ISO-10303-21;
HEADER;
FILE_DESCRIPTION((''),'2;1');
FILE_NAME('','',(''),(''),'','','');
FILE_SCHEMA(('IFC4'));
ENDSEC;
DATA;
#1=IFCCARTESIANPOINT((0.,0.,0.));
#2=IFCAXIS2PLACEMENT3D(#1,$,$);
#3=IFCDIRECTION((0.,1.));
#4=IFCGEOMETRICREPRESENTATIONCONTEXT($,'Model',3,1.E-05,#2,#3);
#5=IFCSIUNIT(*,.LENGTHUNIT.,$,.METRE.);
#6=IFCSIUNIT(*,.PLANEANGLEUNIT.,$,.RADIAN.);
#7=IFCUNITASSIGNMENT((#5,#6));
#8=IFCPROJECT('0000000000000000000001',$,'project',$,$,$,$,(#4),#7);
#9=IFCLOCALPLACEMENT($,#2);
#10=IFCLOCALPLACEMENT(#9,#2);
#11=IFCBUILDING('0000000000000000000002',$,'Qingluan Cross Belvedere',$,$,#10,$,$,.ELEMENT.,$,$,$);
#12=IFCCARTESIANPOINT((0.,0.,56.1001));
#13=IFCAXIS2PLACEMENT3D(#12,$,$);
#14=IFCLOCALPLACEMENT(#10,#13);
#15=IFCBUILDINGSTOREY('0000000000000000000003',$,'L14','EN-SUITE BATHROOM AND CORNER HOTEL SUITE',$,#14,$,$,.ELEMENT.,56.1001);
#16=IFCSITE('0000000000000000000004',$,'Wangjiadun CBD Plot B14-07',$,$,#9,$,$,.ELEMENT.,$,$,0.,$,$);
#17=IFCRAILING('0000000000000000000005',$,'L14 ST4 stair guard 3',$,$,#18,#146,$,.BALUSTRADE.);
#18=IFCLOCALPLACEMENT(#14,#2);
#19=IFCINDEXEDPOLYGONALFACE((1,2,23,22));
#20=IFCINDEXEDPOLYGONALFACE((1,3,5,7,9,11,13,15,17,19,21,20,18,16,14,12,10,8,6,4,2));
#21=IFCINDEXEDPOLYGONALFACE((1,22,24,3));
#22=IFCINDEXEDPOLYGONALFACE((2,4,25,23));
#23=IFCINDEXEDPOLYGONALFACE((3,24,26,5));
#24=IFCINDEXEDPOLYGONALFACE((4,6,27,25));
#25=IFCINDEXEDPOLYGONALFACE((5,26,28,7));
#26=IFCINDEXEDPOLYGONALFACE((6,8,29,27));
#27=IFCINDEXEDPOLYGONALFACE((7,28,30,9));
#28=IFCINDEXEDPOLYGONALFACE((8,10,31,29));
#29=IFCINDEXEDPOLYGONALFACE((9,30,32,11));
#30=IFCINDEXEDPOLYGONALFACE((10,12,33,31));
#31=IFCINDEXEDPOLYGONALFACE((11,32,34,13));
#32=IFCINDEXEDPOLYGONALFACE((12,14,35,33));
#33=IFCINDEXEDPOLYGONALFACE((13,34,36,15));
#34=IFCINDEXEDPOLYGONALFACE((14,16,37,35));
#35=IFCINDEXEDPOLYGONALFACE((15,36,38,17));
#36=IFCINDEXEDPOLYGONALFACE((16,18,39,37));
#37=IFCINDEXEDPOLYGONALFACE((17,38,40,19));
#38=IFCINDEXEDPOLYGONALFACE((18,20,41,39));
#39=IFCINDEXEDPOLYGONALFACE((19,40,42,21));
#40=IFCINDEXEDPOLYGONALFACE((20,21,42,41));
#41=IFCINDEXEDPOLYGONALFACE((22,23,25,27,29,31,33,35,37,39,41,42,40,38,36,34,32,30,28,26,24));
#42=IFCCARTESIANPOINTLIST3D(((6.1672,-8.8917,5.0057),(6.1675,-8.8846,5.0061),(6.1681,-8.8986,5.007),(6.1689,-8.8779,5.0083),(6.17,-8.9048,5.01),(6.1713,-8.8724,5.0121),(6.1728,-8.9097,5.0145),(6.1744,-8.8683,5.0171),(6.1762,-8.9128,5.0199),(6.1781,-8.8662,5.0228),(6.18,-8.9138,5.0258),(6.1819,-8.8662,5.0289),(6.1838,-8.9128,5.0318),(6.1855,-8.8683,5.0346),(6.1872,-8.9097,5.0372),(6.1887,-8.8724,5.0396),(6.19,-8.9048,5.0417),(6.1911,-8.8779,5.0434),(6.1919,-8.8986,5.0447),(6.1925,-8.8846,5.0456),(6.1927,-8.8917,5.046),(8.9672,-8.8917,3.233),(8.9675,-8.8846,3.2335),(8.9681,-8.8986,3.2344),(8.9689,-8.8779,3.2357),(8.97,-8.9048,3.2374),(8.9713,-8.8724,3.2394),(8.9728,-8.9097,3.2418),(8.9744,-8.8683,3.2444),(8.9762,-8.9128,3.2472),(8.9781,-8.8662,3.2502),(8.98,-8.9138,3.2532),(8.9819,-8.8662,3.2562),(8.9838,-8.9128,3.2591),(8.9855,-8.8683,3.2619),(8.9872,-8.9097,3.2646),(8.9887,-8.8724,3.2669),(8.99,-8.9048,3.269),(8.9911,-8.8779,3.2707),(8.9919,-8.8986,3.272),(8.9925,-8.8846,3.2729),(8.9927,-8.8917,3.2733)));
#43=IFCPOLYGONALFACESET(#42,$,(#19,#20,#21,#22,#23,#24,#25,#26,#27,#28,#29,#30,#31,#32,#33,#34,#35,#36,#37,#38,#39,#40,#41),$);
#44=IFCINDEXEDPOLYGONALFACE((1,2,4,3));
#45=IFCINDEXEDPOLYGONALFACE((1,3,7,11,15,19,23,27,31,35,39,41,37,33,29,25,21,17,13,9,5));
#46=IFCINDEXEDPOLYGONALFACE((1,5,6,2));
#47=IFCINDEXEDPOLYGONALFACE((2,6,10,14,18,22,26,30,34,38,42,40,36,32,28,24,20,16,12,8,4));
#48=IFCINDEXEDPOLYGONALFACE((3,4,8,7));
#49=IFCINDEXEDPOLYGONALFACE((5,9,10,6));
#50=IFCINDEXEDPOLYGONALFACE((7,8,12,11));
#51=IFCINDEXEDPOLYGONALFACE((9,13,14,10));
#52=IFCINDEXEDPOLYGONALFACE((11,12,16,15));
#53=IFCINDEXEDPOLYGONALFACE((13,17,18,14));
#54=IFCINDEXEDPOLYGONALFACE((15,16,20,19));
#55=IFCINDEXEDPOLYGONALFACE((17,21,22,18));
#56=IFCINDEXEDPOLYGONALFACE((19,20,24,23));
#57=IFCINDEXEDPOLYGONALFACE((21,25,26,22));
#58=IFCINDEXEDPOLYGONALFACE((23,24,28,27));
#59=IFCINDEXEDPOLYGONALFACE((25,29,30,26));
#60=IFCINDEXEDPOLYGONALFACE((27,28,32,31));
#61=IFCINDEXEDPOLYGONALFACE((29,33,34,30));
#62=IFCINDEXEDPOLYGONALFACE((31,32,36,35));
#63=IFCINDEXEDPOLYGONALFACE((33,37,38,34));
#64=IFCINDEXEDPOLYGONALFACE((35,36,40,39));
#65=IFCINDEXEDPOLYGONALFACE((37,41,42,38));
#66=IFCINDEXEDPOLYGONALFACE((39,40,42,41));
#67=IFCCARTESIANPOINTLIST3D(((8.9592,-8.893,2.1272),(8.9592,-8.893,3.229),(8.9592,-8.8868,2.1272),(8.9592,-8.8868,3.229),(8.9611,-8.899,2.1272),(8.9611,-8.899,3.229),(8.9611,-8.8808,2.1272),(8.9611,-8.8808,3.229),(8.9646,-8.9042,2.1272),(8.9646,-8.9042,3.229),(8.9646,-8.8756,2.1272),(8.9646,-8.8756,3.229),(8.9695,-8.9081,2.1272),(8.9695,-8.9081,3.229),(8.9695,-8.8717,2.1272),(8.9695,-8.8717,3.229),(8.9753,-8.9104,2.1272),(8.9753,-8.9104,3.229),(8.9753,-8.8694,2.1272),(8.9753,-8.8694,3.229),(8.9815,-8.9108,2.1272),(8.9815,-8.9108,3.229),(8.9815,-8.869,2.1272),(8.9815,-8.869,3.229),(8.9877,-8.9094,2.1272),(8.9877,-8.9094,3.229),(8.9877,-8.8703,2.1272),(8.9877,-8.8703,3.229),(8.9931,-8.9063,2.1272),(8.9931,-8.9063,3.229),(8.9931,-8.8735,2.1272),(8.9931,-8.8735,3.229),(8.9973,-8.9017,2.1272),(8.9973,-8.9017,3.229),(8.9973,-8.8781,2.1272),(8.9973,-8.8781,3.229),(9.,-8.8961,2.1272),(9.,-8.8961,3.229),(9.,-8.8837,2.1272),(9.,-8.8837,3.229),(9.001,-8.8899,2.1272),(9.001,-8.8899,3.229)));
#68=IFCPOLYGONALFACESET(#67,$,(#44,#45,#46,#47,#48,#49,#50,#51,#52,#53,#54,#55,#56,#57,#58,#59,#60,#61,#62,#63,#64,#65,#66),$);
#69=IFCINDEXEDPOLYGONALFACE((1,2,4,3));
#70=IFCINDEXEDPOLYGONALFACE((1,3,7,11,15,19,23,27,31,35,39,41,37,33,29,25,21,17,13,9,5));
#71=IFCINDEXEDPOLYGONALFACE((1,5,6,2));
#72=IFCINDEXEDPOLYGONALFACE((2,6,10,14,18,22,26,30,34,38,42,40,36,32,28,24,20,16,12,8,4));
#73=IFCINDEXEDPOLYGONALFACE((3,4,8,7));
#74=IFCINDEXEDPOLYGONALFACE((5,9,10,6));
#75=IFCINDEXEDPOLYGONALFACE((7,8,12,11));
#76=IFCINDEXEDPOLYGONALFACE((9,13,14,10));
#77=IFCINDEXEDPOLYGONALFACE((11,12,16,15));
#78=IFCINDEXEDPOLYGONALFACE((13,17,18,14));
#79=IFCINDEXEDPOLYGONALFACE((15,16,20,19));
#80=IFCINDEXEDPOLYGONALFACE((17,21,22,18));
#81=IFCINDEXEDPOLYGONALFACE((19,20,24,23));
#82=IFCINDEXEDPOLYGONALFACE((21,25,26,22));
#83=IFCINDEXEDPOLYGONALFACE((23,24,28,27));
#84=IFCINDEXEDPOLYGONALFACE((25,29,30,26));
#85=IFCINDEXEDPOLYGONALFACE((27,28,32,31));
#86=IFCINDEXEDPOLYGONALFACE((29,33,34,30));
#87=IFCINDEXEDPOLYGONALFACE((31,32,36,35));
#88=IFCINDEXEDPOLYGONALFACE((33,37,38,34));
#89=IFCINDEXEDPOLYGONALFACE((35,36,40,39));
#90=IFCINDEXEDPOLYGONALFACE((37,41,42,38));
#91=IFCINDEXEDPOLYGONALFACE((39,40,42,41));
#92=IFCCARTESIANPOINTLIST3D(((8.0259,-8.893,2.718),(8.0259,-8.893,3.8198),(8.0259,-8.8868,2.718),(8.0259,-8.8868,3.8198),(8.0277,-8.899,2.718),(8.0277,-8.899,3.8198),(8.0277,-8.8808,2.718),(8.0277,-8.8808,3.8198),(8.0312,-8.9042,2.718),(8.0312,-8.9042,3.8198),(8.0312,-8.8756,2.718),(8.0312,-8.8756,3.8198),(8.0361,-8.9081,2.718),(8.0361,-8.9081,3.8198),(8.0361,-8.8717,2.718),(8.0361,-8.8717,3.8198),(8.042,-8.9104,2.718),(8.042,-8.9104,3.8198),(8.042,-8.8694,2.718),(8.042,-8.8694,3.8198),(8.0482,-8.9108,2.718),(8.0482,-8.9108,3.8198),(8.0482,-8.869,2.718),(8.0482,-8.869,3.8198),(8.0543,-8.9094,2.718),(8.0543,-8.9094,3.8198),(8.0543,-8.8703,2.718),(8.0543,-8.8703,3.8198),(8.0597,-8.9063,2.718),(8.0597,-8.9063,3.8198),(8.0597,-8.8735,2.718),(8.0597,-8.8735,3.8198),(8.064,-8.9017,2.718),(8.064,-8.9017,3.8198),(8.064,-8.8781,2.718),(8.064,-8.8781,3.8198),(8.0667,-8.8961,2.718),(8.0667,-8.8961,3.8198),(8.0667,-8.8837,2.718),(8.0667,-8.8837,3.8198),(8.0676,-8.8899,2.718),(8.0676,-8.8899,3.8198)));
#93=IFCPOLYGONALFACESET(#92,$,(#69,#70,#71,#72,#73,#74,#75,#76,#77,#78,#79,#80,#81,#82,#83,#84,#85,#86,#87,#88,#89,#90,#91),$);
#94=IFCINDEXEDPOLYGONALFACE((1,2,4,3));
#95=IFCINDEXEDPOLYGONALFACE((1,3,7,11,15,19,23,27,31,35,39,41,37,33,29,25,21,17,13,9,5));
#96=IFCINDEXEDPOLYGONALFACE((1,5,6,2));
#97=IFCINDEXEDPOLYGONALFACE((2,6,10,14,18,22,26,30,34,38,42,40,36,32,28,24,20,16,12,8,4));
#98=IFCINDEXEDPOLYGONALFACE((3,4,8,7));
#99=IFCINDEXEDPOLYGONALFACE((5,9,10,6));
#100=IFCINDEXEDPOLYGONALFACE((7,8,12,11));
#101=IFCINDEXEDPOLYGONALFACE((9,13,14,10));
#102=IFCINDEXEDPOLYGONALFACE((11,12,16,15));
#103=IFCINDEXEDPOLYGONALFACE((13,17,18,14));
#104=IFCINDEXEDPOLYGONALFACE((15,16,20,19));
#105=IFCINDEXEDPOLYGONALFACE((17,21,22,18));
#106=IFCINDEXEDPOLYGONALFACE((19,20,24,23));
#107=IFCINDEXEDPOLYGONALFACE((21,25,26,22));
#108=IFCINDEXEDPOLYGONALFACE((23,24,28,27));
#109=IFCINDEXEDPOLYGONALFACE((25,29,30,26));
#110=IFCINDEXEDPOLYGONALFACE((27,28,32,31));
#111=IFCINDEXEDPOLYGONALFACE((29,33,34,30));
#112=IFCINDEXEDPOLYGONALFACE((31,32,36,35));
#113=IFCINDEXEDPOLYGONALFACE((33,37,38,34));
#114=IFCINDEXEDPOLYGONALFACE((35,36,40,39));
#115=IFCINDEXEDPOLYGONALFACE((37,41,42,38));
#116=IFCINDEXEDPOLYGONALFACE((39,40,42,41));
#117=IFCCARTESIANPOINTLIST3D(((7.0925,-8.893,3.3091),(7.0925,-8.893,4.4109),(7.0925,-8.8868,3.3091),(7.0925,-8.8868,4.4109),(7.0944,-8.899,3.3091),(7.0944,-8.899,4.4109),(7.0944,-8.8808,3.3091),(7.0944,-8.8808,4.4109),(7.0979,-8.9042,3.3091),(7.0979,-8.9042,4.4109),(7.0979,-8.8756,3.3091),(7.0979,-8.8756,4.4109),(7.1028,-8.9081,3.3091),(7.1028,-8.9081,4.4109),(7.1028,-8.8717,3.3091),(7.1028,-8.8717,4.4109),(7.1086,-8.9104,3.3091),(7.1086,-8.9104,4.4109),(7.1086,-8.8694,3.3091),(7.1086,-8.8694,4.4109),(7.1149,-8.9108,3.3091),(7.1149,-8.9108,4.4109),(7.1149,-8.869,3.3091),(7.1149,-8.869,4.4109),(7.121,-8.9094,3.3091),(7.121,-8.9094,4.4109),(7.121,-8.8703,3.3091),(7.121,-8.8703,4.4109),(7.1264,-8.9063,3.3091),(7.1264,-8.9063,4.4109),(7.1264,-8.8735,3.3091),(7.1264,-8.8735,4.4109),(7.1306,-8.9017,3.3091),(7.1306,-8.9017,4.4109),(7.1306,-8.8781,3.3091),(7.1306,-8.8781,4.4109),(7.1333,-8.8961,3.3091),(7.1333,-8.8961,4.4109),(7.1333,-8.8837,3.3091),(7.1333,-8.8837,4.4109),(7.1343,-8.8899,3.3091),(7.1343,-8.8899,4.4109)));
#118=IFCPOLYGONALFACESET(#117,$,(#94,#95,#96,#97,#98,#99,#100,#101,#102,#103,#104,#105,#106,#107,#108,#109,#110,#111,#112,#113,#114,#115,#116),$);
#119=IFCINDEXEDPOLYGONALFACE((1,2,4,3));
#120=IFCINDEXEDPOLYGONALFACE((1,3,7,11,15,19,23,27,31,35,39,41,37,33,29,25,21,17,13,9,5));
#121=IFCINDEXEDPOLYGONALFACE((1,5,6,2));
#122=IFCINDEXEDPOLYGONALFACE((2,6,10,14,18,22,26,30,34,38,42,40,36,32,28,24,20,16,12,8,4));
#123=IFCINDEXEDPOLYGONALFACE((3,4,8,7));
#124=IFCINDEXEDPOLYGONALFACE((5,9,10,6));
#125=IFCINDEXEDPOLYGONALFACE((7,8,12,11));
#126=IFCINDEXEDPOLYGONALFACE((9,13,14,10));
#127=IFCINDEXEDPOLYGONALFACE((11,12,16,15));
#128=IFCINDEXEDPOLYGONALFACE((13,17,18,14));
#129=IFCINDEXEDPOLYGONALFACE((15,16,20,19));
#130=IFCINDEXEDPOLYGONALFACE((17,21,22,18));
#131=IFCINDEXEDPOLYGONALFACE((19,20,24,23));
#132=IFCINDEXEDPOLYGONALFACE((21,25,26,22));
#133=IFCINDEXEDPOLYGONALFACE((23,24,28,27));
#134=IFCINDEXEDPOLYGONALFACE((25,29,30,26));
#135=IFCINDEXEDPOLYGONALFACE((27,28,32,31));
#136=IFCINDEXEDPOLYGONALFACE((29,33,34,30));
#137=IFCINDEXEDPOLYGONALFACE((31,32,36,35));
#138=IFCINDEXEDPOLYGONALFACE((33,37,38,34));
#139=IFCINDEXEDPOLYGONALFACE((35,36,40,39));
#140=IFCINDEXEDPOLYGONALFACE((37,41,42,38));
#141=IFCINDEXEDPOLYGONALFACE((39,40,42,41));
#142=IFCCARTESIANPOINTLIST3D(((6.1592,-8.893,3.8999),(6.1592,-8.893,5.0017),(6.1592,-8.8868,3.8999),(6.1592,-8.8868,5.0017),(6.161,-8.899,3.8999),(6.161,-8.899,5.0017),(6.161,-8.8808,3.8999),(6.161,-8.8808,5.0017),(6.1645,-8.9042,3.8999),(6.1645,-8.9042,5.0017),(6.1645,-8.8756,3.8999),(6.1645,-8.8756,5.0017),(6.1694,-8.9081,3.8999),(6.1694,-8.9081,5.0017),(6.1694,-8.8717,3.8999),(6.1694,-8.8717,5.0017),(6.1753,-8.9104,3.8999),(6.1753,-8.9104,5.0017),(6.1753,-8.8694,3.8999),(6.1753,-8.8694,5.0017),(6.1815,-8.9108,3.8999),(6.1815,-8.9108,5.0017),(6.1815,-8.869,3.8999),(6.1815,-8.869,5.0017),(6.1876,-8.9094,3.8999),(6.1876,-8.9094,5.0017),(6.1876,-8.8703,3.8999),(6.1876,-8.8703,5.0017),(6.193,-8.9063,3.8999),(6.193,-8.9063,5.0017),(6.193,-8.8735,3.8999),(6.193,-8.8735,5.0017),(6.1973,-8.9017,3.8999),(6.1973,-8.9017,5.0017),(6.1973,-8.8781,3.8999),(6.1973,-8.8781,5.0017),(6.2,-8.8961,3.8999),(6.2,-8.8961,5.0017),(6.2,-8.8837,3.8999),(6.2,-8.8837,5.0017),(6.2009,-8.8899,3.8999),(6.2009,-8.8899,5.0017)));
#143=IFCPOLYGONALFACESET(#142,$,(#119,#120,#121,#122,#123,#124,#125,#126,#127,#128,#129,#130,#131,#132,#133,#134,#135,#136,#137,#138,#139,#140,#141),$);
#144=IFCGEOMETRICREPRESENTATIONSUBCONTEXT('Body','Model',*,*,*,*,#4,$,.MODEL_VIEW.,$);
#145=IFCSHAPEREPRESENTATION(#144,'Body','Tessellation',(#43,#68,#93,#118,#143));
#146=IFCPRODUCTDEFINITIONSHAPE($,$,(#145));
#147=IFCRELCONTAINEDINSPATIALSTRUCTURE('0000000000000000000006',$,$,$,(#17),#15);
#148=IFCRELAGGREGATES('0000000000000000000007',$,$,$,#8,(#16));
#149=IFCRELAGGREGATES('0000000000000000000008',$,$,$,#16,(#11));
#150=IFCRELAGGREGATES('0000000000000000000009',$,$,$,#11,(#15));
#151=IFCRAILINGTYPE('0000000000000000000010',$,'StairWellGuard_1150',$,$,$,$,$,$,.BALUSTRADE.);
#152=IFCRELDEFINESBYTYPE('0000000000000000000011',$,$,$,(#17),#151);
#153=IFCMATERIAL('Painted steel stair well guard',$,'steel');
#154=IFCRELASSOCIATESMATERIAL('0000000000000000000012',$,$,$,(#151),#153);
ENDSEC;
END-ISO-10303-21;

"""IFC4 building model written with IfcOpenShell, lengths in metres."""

from ifc_helpers import new_model, si_unit, direction, frame, origin, origin_2d, place, context, subcontext, project, spatial, circle, extrude, material, type_object, element, save


model = new_model("IFC4")

# Units and contexts
model_context = context("Model", 3, precision=1e-05, world=origin(), true_north=direction((0.0, 1.0)))
body_context = subcontext(model_context, "Body", "Model", "MODEL_VIEW")
ifc_project = project(units=[si_unit("LENGTHUNIT", "METRE"), si_unit("PLANEANGLEUNIT", "RADIAN")], contexts=[model_context])

# Site, building, storey
site_placement = place(None, origin())
site = spatial("IfcSite", under=ifc_project, at=site_placement, Name="Wangjiadun CBD Plot B14-07", CompositionType="ELEMENT", RefElevation=0.0)
building_placement = place(site_placement, origin())
building = spatial("IfcBuilding", under=site, at=building_placement, Name="Qingluan Cross Belvedere", CompositionType="ELEMENT")
storey_placement = place(building_placement, frame((0.0, 0.0, 56.1001)))
storey = spatial("IfcBuildingStorey", under=building, at=storey_placement, Name="L14", Description="EN-SUITE BATHROOM AND CORNER HOTEL SUITE", CompositionType="ELEMENT", Elevation=56.1001)

# Railing
ifc_material_1 = material(Name="Painted steel stair well guard", Category="steel")
railing_type_1 = type_object("IfcRailingType", Name="StairWellGuard_1150", PredefinedType="BALUSTRADE", material=ifc_material_1)
railing_1_placement = place(storey_placement, frame((8.98, -8.8899, 2.1272)))
element("IfcRailing", 1, at=railing_1_placement, inside=storey, type_object=railing_type_1, Name="L14 ST4 stair guard 3", PredefinedType="BALUSTRADE", context=body_context, shape_type="SweptSolid", body=[
    extrude(circle(Radius=0.0239, at=origin_2d()), frame((0.0, 0.0, 1.126), z_axis=(-0.844909, 0.0, 0.53491), x_axis=(0.0, -1.0, 0.0)), (0.0, 0.0, 1.0), 3.314),
    extrude(circle(Radius=0.021, at=origin_2d()), origin(), (0.0, 0.0, 1.0), 1.1018),
    extrude(circle(Radius=0.021, at=origin_2d()), frame((-0.9333, 0.0, 0.5908)), (0.0, 0.0, 1.0), 1.1018),
    extrude(circle(Radius=0.021, at=origin_2d()), frame((-1.8667, 0.0, 1.1819)), (0.0, 0.0, 1.0), 1.1018),
    extrude(circle(Radius=0.021, at=origin_2d()), frame((-2.8, 0.0, 1.7727)), (0.0, 0.0, 1.0), 1.1018),
])

save(model, "model.ifc")
